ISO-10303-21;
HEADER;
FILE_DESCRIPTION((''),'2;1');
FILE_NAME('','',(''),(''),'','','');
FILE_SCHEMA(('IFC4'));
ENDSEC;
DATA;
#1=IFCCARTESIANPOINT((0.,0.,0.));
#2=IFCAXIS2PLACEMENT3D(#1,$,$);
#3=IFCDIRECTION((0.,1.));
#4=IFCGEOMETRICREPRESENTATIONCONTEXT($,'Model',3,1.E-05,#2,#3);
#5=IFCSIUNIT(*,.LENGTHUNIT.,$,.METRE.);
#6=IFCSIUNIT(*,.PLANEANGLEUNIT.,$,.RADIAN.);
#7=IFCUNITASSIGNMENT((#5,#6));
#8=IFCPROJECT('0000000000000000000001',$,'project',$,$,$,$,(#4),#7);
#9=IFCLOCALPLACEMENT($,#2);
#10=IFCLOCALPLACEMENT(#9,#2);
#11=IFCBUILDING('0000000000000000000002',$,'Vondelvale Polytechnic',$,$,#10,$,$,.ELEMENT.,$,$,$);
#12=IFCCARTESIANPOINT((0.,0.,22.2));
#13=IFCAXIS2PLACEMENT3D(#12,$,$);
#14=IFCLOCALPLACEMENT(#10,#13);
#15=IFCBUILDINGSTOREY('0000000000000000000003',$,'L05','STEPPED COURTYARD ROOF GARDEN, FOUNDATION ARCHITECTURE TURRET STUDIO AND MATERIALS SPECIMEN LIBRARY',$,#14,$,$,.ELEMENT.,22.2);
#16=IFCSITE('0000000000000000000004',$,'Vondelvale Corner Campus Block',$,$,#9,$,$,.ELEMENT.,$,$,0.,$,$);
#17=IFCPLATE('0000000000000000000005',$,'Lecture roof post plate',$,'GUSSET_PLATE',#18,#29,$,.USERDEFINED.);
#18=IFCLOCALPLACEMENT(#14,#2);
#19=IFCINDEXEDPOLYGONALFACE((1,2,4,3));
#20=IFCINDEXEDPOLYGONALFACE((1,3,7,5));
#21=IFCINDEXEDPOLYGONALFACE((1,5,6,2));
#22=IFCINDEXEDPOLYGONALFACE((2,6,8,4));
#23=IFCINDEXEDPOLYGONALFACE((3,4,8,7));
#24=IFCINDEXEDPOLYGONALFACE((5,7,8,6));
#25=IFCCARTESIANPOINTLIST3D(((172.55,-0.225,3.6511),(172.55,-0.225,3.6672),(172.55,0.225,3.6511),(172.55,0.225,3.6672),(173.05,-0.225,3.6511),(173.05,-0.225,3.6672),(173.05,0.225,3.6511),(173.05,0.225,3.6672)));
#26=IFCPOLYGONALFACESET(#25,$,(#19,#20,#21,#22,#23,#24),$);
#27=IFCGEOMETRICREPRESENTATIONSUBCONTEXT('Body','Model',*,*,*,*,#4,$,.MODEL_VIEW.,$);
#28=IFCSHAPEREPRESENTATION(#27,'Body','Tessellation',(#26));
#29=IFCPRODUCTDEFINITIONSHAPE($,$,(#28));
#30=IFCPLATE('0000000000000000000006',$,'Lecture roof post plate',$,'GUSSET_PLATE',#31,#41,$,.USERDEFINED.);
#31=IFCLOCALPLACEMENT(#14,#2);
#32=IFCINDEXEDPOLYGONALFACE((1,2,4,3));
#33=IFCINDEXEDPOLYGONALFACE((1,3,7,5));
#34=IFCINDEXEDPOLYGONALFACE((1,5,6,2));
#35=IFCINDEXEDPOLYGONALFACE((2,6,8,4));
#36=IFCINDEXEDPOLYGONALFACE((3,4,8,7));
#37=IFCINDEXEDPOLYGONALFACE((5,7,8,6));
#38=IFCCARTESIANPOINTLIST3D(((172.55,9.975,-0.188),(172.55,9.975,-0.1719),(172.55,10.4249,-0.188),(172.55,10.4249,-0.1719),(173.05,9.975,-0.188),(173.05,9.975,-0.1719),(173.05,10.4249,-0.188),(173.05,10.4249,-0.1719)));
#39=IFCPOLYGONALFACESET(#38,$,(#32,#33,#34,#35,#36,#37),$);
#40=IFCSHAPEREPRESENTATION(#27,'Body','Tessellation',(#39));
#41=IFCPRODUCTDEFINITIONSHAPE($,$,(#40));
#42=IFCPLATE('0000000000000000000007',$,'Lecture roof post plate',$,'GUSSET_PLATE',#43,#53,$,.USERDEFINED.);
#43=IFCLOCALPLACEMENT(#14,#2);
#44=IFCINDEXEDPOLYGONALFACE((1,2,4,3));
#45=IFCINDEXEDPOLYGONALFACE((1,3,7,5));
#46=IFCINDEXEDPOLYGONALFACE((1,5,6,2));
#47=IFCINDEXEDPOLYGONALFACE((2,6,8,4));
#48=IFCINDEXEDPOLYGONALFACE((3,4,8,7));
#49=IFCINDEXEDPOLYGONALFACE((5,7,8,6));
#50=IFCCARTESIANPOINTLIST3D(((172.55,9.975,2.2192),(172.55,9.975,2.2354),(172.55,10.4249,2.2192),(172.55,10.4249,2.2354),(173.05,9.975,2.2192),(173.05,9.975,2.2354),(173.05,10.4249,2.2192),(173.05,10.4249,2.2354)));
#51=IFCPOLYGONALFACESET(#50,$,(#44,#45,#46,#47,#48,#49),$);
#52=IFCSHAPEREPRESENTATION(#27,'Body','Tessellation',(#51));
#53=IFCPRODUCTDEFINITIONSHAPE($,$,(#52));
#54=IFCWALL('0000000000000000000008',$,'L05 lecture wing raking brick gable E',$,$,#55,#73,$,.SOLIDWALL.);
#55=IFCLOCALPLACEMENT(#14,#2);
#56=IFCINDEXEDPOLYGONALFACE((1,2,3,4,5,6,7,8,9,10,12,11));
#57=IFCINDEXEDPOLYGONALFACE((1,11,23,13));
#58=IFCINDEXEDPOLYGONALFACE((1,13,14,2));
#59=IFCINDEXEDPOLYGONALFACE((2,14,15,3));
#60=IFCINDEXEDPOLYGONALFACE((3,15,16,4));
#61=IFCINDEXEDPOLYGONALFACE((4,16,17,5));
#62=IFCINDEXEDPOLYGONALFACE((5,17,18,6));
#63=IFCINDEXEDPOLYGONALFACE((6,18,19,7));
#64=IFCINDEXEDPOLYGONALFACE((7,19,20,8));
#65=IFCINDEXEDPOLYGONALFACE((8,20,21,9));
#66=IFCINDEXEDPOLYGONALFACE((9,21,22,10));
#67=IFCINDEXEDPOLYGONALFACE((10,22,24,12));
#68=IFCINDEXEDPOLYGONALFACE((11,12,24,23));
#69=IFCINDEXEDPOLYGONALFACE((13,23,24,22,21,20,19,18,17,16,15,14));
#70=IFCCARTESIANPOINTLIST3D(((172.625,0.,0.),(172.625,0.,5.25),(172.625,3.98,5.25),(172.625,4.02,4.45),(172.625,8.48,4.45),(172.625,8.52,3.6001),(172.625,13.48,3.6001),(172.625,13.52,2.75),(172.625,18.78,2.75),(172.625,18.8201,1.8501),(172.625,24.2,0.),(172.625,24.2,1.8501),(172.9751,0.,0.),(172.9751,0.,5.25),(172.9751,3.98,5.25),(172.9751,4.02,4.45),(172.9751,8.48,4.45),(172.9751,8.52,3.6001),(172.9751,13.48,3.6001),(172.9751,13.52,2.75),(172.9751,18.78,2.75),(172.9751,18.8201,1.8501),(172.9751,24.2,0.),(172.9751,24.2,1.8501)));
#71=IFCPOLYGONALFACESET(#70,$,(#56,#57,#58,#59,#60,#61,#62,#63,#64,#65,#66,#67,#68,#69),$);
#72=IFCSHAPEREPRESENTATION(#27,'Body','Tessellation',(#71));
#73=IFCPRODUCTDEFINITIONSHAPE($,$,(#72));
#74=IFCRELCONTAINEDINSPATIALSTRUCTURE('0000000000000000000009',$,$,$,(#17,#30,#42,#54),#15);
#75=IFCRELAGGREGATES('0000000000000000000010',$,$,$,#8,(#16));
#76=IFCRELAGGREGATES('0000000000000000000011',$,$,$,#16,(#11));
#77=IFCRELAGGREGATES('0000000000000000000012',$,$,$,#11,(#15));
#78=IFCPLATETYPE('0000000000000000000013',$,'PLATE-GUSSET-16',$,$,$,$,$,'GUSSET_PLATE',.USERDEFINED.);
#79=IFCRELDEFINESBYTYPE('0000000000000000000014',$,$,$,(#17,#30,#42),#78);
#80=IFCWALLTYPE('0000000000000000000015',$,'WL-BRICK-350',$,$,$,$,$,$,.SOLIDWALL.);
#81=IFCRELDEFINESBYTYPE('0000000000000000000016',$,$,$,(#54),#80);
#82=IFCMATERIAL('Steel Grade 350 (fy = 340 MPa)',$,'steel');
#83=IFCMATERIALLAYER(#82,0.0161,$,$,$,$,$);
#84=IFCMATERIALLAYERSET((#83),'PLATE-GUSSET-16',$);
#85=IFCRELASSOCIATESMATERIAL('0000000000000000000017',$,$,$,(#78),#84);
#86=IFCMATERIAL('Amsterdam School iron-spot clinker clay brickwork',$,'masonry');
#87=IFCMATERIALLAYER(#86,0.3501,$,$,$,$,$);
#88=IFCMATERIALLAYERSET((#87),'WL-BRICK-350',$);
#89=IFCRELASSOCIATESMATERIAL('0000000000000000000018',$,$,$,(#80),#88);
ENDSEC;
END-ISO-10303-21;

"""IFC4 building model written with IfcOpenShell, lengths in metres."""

from ifc_helpers import new_model, si_unit, direction, frame, origin, origin_2d, place, context, subcontext, project, spatial, polyline, rectangle, outline, extrude, material, layer, layer_set, type_object, element, save


model = new_model("IFC4")

# Units and contexts
model_context = context("Model", 3, precision=1e-05, world=origin(), true_north=direction((0.0, 1.0)))
body_context = subcontext(model_context, "Body", "Model", "MODEL_VIEW")
ifc_project = project(units=[si_unit("LENGTHUNIT", "METRE"), si_unit("PLANEANGLEUNIT", "RADIAN")], contexts=[model_context])

# Site, building, storey
site_placement = place(None, origin())
site = spatial("IfcSite", under=ifc_project, at=site_placement, Name="Vondelvale Corner Campus Block", CompositionType="ELEMENT", RefElevation=0.0)
building_placement = place(site_placement, origin())
building = spatial("IfcBuilding", under=site, at=building_placement, Name="Vondelvale Polytechnic", CompositionType="ELEMENT")
storey_placement = place(building_placement, frame((0.0, 0.0, 22.2)))
storey = spatial("IfcBuildingStorey", under=building, at=storey_placement, Name="L05", Description="STEPPED COURTYARD ROOF GARDEN, FOUNDATION ARCHITECTURE TURRET STUDIO AND MATERIALS SPECIMEN LIBRARY", CompositionType="ELEMENT", Elevation=22.2)

# Plates
ifc_material_1 = material(Name="Steel Grade 350 (fy = 340 MPa)", Category="steel")
ifc_layer_1 = layer(ifc_material_1, 0.0161)
ifc_layer_set_1 = layer_set([ifc_layer_1], Name="PLATE-GUSSET-16")
plate_type_1 = type_object("IfcPlateType", Name="PLATE-GUSSET-16", ElementType="GUSSET_PLATE", PredefinedType="USERDEFINED", material=ifc_layer_set_1)
for number, where, z_axis, x_axis, name in (
    (1, (172.8, 0.0, 3.6511), (0.0, 0.0, 1.0), (1.0, 0.0, 0.0), "Lecture roof post plate"),
    (2, (172.8, 10.2, -0.188), (0.0, 0.0, 1.0), (1.0, 0.0, 0.0), "Lecture roof post plate"),
    (3, (172.8, 10.2, 2.2192), (0.0, 0.0, 1.0), (1.0, 0.0, 0.0), "Lecture roof post plate"),
):
    element("IfcPlate", number, at=place(storey_placement, frame(where, z_axis=z_axis, x_axis=x_axis)), inside=storey, type_object=plate_type_1, Name=name, ObjectType="GUSSET_PLATE", PredefinedType="USERDEFINED", context=body_context, shape_type="SweptSolid", body=[
        extrude(rectangle(XDim=0.5, YDim=0.45, at=origin_2d()), origin(), (0.0, 0.0, 1.0), 0.0161),
    ])

# Wall
ifc_material_2 = material(Name="Amsterdam School iron-spot clinker clay brickwork", Category="masonry")
ifc_layer_2 = layer(ifc_material_2, 0.3501)
ifc_layer_set_2 = layer_set([ifc_layer_2], Name="WL-BRICK-350")
wall_type = type_object("IfcWallType", Name="WL-BRICK-350", PredefinedType="SOLIDWALL", material=ifc_layer_set_2)
wall_placement = place(storey_placement, frame((172.8, 0.0, 0.0), z_axis=(0.0, 0.0, 1.0), x_axis=(0.0, 1.0, 0.0)))
element("IfcWall", 4, at=wall_placement, inside=storey, type_object=wall_type, Name="L05 lecture wing raking brick gable E", PredefinedType="SOLIDWALL", context=body_context, shape_type="SweptSolid", body=[
    extrude(outline(polyline([(0.0, 0.0), (24.2, 0.0), (24.2, 1.8501), (18.8201, 1.8501), (18.78, 2.75), (13.52, 2.75), (13.48, 3.6001), (8.52, 3.6001), (8.48, 4.45), (4.02, 4.45), (3.98, 5.25), (0.0, 5.25), (0.0, 0.0)])), frame((0.0, 0.175, 0.0), z_axis=(0.0, -1.0, 0.0), x_axis=(1.0, 0.0, 0.0)), (0.0, 0.0, 1.0), 0.3501),
])

save(model, "model.ifc")
